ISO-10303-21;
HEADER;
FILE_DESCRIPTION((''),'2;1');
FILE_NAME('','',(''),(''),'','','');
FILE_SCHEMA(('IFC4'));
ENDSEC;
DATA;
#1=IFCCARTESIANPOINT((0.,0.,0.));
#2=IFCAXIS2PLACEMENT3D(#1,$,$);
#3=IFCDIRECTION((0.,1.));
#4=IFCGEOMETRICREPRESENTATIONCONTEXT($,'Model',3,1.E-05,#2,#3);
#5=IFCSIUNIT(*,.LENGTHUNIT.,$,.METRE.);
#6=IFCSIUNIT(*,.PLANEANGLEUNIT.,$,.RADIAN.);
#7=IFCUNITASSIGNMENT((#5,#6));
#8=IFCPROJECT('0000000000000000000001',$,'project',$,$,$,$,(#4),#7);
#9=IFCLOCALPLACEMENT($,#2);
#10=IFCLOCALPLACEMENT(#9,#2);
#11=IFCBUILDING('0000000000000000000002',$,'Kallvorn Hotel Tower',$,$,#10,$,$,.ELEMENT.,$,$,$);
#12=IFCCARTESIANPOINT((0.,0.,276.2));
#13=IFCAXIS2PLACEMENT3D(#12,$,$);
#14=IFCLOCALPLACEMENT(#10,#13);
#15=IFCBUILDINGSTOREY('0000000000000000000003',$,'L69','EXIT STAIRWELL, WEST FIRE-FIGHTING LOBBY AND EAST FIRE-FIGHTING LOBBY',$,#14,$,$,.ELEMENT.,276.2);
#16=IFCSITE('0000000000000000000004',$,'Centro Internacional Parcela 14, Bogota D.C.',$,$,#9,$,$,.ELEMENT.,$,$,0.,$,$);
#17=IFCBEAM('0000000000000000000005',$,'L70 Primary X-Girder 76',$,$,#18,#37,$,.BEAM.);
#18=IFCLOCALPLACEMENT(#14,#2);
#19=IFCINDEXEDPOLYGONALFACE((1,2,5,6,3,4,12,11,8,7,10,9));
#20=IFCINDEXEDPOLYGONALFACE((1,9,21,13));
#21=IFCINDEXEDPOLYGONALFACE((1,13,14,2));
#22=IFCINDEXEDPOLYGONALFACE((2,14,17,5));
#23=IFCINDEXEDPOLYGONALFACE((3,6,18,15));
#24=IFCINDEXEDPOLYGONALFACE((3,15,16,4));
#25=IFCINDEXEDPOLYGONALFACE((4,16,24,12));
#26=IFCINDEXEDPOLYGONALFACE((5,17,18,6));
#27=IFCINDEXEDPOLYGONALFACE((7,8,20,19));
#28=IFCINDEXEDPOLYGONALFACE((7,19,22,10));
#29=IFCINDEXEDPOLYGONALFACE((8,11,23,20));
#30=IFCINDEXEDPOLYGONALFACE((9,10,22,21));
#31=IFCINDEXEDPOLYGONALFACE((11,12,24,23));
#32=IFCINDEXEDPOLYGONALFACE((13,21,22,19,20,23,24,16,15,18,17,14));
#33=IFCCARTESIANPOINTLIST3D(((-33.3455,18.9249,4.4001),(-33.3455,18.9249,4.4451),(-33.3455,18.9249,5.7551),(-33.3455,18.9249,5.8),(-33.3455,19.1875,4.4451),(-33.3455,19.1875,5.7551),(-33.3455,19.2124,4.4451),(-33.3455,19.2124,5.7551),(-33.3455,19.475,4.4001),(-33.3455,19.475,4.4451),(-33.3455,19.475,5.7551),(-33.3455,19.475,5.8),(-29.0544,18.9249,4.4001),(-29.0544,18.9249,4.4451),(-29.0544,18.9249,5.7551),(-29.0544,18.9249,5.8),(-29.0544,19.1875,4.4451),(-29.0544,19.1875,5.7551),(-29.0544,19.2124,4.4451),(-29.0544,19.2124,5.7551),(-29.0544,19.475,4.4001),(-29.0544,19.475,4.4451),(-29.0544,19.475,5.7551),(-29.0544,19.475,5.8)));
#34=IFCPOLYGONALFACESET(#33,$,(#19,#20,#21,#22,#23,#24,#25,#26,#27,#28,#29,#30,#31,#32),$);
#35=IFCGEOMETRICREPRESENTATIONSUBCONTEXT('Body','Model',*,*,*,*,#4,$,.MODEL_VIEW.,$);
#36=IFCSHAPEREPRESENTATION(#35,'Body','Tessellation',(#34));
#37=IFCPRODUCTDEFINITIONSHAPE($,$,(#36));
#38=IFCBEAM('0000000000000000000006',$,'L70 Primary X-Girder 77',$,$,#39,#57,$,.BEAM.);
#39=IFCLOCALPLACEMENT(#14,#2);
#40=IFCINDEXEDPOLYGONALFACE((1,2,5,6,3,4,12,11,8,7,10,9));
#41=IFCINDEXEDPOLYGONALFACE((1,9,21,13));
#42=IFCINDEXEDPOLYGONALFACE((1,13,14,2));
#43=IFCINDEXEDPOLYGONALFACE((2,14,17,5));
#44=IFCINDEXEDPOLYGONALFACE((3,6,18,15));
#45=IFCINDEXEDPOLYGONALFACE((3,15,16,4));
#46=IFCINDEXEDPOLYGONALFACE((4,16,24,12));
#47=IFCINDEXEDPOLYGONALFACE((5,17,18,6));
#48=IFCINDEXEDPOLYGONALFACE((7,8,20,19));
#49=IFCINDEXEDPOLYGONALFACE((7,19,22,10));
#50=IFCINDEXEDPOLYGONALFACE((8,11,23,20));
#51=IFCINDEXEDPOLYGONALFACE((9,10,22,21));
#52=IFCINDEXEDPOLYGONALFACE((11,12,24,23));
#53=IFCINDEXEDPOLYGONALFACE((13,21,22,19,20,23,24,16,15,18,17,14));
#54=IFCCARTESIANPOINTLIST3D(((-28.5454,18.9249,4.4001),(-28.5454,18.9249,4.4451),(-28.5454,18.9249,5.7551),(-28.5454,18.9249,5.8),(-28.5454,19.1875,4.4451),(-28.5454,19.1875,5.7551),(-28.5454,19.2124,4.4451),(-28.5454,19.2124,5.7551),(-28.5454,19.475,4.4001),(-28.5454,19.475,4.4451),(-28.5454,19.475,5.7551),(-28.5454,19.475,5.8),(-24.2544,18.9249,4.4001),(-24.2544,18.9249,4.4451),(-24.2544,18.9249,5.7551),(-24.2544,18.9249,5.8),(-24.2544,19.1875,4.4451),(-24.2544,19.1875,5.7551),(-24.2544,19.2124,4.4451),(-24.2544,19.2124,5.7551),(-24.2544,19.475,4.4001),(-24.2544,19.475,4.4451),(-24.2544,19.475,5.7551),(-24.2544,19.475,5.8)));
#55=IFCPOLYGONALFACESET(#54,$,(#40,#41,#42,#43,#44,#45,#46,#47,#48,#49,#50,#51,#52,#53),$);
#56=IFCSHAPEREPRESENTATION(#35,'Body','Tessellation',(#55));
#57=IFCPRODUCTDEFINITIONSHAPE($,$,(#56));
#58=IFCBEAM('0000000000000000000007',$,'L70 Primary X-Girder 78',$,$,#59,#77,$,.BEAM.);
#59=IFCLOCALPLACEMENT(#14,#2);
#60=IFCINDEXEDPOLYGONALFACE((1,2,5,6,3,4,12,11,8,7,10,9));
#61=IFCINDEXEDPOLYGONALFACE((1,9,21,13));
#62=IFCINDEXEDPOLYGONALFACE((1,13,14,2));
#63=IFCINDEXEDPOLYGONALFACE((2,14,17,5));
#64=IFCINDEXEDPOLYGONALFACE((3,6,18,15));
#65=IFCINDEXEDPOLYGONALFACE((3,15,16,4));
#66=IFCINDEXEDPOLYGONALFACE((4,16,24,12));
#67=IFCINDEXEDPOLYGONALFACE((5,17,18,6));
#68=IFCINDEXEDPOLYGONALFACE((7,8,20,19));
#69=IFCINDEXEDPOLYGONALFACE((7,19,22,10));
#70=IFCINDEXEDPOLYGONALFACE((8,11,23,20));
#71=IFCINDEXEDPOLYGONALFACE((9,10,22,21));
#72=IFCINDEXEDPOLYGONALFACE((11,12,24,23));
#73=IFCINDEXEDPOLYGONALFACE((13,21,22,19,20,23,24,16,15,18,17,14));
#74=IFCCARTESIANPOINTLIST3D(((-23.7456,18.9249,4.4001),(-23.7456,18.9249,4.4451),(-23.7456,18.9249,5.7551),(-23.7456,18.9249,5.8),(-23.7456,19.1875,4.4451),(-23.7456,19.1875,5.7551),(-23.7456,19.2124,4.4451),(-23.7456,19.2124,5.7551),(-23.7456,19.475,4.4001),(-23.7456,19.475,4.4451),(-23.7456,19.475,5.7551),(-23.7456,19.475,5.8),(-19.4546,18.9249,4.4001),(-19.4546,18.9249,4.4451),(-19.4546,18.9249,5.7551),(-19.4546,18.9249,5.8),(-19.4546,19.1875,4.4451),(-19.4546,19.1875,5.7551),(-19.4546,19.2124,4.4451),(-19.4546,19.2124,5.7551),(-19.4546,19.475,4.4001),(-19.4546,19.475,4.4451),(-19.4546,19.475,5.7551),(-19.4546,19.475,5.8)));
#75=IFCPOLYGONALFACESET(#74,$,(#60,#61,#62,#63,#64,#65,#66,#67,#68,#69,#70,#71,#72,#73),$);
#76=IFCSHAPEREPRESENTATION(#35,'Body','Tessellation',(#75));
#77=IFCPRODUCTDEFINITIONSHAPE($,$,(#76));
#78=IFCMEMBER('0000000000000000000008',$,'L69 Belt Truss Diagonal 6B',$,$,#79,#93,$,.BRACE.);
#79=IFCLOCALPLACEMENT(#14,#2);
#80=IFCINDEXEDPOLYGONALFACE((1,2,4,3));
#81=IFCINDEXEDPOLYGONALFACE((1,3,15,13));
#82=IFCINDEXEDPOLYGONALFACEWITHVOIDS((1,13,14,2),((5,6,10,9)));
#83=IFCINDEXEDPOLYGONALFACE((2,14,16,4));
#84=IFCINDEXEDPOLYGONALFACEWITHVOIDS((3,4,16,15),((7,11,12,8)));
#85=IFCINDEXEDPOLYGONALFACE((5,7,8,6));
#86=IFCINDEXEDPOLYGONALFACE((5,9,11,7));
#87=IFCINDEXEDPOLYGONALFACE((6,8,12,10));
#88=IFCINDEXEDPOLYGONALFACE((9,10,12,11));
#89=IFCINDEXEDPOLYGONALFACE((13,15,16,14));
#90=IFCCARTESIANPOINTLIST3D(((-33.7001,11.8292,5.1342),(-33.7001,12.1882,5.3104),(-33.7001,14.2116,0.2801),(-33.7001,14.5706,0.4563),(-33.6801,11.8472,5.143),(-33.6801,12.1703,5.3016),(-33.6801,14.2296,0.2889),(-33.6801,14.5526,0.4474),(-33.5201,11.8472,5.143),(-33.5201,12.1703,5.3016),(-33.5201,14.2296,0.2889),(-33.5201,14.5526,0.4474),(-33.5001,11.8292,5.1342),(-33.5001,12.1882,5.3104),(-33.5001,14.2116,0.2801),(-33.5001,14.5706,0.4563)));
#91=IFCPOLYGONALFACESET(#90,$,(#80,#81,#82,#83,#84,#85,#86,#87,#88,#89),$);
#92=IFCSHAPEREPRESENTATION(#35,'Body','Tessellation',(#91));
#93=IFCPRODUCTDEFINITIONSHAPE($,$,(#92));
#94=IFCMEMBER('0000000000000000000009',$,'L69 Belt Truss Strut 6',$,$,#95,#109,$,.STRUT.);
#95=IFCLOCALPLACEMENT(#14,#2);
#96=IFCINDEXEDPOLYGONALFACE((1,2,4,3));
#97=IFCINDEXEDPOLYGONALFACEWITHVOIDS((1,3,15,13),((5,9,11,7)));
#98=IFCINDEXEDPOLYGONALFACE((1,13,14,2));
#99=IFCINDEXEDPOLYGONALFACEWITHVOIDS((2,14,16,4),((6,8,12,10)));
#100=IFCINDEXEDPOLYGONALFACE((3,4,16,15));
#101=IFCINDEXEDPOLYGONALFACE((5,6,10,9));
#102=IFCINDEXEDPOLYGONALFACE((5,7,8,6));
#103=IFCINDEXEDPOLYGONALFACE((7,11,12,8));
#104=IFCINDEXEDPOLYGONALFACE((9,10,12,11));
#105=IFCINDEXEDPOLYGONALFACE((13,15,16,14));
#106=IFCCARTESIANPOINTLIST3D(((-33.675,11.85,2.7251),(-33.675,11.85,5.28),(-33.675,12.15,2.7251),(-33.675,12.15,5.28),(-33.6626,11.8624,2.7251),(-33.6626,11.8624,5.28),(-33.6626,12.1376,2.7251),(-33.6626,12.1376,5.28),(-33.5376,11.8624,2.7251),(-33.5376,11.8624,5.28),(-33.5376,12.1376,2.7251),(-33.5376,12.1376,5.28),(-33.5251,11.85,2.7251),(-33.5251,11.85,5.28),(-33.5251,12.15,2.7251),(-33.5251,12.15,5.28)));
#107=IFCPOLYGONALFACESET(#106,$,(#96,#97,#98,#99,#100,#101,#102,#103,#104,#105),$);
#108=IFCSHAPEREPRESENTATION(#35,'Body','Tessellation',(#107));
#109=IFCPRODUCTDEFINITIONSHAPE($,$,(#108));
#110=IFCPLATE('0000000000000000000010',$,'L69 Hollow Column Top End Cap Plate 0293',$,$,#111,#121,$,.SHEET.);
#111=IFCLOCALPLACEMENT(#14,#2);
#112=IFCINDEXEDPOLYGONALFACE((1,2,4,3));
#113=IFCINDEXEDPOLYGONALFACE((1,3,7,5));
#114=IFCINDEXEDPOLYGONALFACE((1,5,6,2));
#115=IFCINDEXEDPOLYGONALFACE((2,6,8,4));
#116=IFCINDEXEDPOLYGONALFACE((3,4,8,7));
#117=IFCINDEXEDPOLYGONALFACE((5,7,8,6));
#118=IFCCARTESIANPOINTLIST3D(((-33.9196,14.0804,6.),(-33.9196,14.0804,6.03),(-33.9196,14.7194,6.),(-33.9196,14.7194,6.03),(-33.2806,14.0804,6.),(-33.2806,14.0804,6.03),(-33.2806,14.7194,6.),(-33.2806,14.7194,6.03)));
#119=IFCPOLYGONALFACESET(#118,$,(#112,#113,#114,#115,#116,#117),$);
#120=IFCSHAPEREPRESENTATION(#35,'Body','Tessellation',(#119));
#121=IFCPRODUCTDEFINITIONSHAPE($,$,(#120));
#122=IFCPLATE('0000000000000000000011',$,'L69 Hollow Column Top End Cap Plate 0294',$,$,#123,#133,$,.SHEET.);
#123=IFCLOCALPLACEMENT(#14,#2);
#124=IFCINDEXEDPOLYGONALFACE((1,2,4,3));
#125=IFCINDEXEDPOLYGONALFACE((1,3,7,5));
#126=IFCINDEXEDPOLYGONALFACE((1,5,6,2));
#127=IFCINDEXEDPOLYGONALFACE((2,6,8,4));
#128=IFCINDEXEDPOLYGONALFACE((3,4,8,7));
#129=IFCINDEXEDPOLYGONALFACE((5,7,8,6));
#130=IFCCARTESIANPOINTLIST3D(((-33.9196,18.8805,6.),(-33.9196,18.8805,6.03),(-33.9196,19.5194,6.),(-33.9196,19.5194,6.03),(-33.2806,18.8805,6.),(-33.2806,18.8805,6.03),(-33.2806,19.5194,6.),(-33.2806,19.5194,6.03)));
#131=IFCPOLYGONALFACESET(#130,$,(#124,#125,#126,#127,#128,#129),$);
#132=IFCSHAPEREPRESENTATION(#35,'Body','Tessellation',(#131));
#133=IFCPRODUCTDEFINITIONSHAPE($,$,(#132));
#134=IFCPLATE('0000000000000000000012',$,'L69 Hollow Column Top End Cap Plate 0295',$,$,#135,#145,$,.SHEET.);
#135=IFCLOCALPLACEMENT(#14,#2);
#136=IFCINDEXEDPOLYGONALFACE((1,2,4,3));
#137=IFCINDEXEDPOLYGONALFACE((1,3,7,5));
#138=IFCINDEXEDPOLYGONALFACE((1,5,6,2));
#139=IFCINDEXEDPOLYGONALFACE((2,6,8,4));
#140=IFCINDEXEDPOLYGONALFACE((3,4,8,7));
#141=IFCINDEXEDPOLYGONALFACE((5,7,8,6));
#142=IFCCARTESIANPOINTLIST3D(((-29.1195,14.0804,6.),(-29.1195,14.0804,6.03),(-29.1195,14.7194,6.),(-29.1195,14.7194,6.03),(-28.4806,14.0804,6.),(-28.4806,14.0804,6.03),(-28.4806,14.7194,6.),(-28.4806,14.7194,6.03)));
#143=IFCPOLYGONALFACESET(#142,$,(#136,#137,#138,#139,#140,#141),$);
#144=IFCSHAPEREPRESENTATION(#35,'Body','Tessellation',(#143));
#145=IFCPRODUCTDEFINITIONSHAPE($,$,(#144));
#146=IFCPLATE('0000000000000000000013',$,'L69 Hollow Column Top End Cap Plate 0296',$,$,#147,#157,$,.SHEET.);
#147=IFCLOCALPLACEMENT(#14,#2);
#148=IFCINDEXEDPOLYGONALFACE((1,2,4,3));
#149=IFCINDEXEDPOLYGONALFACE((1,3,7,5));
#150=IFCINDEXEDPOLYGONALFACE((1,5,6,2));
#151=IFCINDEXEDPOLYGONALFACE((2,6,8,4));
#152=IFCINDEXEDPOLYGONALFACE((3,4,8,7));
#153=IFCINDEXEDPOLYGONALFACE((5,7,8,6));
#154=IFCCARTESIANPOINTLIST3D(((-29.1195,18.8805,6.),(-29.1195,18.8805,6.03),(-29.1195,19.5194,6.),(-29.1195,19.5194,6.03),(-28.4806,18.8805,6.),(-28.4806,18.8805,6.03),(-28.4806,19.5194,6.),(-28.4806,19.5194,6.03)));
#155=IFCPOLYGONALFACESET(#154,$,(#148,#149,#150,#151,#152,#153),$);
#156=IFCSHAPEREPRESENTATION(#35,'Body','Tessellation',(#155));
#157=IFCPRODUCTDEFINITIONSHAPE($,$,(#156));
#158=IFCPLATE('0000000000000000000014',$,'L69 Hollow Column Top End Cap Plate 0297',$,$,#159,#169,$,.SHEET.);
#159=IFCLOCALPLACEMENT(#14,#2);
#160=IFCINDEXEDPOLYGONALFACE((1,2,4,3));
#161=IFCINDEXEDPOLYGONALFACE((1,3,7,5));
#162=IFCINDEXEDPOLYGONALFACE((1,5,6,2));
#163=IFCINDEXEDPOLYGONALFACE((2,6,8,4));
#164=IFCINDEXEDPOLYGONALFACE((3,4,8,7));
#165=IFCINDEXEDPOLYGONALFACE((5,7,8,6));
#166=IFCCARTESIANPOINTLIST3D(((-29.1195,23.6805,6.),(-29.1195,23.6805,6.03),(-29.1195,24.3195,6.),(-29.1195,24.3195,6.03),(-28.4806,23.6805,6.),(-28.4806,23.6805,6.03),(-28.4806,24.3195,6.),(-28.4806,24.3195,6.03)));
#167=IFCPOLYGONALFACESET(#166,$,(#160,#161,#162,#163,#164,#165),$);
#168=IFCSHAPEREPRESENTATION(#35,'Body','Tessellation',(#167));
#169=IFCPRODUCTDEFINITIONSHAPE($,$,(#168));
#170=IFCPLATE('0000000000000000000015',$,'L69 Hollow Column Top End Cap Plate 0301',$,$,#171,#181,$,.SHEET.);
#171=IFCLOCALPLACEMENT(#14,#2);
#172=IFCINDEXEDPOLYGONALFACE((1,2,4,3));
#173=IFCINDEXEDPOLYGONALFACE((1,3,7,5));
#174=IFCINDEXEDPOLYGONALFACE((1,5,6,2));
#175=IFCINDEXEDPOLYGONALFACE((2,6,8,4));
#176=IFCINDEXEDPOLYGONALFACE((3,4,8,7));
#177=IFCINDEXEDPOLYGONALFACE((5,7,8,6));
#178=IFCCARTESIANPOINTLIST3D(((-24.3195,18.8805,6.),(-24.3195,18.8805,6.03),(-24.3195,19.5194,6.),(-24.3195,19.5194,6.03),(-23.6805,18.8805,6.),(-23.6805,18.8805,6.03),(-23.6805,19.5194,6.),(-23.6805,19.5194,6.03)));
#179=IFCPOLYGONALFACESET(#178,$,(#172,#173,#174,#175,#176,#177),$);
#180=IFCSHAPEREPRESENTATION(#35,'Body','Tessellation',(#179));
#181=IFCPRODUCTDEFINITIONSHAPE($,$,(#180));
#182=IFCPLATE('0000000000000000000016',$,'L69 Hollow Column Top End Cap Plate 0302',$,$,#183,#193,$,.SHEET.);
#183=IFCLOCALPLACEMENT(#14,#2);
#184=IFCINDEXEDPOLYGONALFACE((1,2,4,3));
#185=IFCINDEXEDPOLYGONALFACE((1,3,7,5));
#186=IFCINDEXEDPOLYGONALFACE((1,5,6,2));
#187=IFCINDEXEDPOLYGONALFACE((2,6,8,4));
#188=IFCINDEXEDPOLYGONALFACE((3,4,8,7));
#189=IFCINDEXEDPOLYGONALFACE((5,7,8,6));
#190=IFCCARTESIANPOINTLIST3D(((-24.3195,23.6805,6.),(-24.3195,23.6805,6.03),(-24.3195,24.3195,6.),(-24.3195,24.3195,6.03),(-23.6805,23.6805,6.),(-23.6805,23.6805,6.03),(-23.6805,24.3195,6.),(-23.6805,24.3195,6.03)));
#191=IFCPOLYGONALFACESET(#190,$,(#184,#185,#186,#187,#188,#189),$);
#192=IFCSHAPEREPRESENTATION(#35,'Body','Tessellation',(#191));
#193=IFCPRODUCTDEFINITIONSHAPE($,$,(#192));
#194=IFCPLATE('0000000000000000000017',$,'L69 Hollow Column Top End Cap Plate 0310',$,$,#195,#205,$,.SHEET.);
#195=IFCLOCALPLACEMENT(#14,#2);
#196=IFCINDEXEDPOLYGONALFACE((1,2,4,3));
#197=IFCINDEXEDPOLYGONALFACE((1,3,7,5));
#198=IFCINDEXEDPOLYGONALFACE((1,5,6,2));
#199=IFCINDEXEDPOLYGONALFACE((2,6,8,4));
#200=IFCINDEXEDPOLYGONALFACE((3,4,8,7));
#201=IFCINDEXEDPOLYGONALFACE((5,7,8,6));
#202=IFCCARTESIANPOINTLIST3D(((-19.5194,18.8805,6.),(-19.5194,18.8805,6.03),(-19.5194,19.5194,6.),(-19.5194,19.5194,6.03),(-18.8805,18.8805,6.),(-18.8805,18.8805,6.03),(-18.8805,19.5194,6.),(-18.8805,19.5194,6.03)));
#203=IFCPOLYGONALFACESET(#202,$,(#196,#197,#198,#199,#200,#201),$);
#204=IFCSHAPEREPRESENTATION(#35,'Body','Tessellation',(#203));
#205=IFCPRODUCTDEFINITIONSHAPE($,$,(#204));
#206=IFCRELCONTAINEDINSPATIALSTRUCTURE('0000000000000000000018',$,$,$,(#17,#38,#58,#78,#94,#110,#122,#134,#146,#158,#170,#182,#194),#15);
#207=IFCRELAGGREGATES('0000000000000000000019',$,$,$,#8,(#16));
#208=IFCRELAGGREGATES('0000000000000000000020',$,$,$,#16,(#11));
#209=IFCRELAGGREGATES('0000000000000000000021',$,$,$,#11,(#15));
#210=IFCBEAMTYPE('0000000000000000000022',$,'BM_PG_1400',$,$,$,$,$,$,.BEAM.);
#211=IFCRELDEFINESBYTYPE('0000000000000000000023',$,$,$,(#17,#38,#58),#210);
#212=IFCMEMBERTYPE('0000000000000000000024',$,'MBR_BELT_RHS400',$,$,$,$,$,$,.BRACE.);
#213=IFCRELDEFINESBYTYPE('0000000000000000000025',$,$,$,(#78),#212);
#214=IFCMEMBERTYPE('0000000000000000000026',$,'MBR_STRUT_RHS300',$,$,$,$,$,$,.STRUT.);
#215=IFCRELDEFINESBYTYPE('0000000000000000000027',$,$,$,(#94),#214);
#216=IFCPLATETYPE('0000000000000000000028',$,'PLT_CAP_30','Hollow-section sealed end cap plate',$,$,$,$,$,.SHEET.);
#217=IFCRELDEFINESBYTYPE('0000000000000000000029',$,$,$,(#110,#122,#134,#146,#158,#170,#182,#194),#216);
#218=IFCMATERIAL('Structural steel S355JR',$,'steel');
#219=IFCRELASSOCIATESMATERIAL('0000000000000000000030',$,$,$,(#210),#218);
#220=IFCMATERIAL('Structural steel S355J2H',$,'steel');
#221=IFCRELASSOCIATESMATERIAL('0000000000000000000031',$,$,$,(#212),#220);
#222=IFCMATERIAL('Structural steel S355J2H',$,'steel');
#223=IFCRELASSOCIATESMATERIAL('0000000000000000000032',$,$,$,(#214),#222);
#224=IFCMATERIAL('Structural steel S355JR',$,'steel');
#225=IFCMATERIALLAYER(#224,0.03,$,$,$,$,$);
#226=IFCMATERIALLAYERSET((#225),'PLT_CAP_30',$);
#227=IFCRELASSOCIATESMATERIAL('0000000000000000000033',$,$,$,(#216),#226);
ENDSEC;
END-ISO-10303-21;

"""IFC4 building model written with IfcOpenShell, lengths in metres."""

from ifc_helpers import new_model, si_unit, direction, frame, origin, origin_2d, place, context, subcontext, project, spatial, rectangle, hollow_rectangle, i_section, extrude, material, layer, layer_set, material_profile, profile_set, type_object, element, save


model = new_model("IFC4")

# Units and contexts
model_context = context("Model", 3, precision=1e-05, world=origin(), true_north=direction((0.0, 1.0)))
body_context = subcontext(model_context, "Body", "Model", "MODEL_VIEW")
ifc_project = project(units=[si_unit("LENGTHUNIT", "METRE"), si_unit("PLANEANGLEUNIT", "RADIAN")], contexts=[model_context])

# Site, building, storey
site_placement = place(None, origin())
site = spatial("IfcSite", under=ifc_project, at=site_placement, Name="Centro Internacional Parcela 14, Bogota D.C.", CompositionType="ELEMENT", RefElevation=0.0)
building_placement = place(site_placement, origin())
building = spatial("IfcBuilding", under=site, at=building_placement, Name="Kallvorn Hotel Tower", CompositionType="ELEMENT")
storey_placement = place(building_placement, frame((0.0, 0.0, 276.2)))
storey = spatial("IfcBuildingStorey", under=building, at=storey_placement, Name="L69", Description="EXIT STAIRWELL, WEST FIRE-FIGHTING LOBBY AND EAST FIRE-FIGHTING LOBBY", CompositionType="ELEMENT", Elevation=276.2)

# Beams
ifc_material_1 = material(Name="Structural steel S355JR", Category="steel")
ifc_material_profile_1 = material_profile(ifc_material_1, i_section(OverallWidth=0.55, OverallDepth=1.3999, WebThickness=0.0249, FlangeThickness=0.0449, at=origin_2d()), Name="PG 1400x550x25x45")
ifc_profile_set_1 = profile_set([ifc_material_profile_1], Name="Structural steel S355JR")
beam_type_1 = type_object("IfcBeamType", Name="BM_PG_1400", PredefinedType="BEAM", material=ifc_profile_set_1)
for number, where, z_axis, x_axis, name in (
    (1, (-33.3455, 19.2, 5.1001), (1.0, 0.0, 0.0), (0.0, 1.0, 0.0), "L70 Primary X-Girder 76"),
    (2, (-28.5454, 19.2, 5.1001), (1.0, 0.0, 0.0), (0.0, 1.0, 0.0), "L70 Primary X-Girder 77"),
    (3, (-23.7456, 19.2, 5.1001), (1.0, 0.0, 0.0), (0.0, 1.0, 0.0), "L70 Primary X-Girder 78"),
):
    element("IfcBeam", number, at=place(storey_placement, frame(where, z_axis=z_axis, x_axis=x_axis)), inside=storey, type_object=beam_type_1, Name=name, PredefinedType="BEAM", context=body_context, shape_type="SweptSolid", body=[
        extrude(i_section(OverallWidth=0.55, OverallDepth=1.3999, WebThickness=0.0249, FlangeThickness=0.0449, at=origin_2d()), origin(), (0.0, 0.0, 1.0), 4.291),
    ])

# Members
ifc_material_2 = material(Name="Structural steel S355J2H", Category="steel")
ifc_material_profile_2 = material_profile(ifc_material_2, hollow_rectangle(XDim=0.2, YDim=0.3999, WallThickness=0.02, at=origin_2d()), Name="RHS 400x200x20")
ifc_profile_set_2 = profile_set([ifc_material_profile_2], Name="Structural steel S355J2H")
member_type_1 = type_object("IfcMemberType", Name="MBR_BELT_RHS400", PredefinedType="BRACE", material=ifc_profile_set_2)
member_1_placement = place(storey_placement, frame((-33.6001, 14.3911, 0.3682), z_axis=(0.0, -0.440591, 0.897708), x_axis=(1.0, 0.0, 0.0)))
element("IfcMember", 4, at=member_1_placement, inside=storey, type_object=member_type_1, Name="L69 Belt Truss Diagonal 6B", PredefinedType="BRACE", context=body_context, shape_type="SweptSolid", body=[
    extrude(hollow_rectangle(XDim=0.2, YDim=0.3999, WallThickness=0.02, at=origin_2d()), origin(), (0.0, 0.0, 1.0), 5.4072),
])
ifc_material_3 = material(Name="Structural steel S355J2H", Category="steel")
ifc_material_profile_3 = material_profile(ifc_material_3, hollow_rectangle(XDim=0.1499, YDim=0.3, WallThickness=0.0125, at=origin_2d()), Name="RHS 300x150x12.5")
ifc_profile_set_3 = profile_set([ifc_material_profile_3], Name="Structural steel S355J2H")
member_type_2 = type_object("IfcMemberType", Name="MBR_STRUT_RHS300", PredefinedType="STRUT", material=ifc_profile_set_3)
member_2_placement = place(storey_placement, frame((-33.6001, 12.0, 2.7251), z_axis=(0.0, 0.0, 1.0), x_axis=(1.0, 0.0, 0.0)))
element("IfcMember", 5, at=member_2_placement, inside=storey, type_object=member_type_2, Name="L69 Belt Truss Strut 6", PredefinedType="STRUT", context=body_context, shape_type="SweptSolid", body=[
    extrude(hollow_rectangle(XDim=0.1499, YDim=0.3, WallThickness=0.0125, at=origin_2d()), origin(), (0.0, 0.0, 1.0), 2.5549),
])

# Plates
ifc_material_4 = material(Name="Structural steel S355JR", Category="steel")
ifc_layer_1 = layer(ifc_material_4, 0.03)
ifc_layer_set_1 = layer_set([ifc_layer_1], Name="PLT_CAP_30")
plate_type_1 = type_object("IfcPlateType", Name="PLT_CAP_30", Description="Hollow-section sealed end cap plate", PredefinedType="SHEET", material=ifc_layer_set_1)
for number, where, z_axis, x_axis, name in (
    (6, (-33.6001, 14.3999, 6.0), (0.0, 0.0, 1.0), (1.0, 0.0, 0.0), "L69 Hollow Column Top End Cap Plate 0293"),
    (7, (-33.6001, 19.2, 6.0), (0.0, 0.0, 1.0), (1.0, 0.0, 0.0), "L69 Hollow Column Top End Cap Plate 0294"),
    (8, (-28.8, 14.3999, 6.0), (0.0, 0.0, 1.0), (1.0, 0.0, 0.0), "L69 Hollow Column Top End Cap Plate 0295"),
    (9, (-28.8, 19.2, 6.0), (0.0, 0.0, 1.0), (1.0, 0.0, 0.0), "L69 Hollow Column Top End Cap Plate 0296"),
    (10, (-28.8, 24.0, 6.0), (0.0, 0.0, 1.0), (1.0, 0.0, 0.0), "L69 Hollow Column Top End Cap Plate 0297"),
    (11, (-24.0, 19.2, 6.0), (0.0, 0.0, 1.0), (1.0, 0.0, 0.0), "L69 Hollow Column Top End Cap Plate 0301"),
    (12, (-24.0, 24.0, 6.0), (0.0, 0.0, 1.0), (1.0, 0.0, 0.0), "L69 Hollow Column Top End Cap Plate 0302"),
    (13, (-19.2, 19.2, 6.0), (0.0, 0.0, 1.0), (1.0, 0.0, 0.0), "L69 Hollow Column Top End Cap Plate 0310"),
):
    element("IfcPlate", number, at=place(storey_placement, frame(where, z_axis=z_axis, x_axis=x_axis)), inside=storey, type_object=plate_type_1, Name=name, PredefinedType="SHEET", context=body_context, shape_type="SweptSolid", body=[
        extrude(rectangle(XDim=0.6389, YDim=0.6389, at=origin_2d()), origin(), (0.0, 0.0, 1.0), 0.03),
    ])

save(model, "model.ifc")
